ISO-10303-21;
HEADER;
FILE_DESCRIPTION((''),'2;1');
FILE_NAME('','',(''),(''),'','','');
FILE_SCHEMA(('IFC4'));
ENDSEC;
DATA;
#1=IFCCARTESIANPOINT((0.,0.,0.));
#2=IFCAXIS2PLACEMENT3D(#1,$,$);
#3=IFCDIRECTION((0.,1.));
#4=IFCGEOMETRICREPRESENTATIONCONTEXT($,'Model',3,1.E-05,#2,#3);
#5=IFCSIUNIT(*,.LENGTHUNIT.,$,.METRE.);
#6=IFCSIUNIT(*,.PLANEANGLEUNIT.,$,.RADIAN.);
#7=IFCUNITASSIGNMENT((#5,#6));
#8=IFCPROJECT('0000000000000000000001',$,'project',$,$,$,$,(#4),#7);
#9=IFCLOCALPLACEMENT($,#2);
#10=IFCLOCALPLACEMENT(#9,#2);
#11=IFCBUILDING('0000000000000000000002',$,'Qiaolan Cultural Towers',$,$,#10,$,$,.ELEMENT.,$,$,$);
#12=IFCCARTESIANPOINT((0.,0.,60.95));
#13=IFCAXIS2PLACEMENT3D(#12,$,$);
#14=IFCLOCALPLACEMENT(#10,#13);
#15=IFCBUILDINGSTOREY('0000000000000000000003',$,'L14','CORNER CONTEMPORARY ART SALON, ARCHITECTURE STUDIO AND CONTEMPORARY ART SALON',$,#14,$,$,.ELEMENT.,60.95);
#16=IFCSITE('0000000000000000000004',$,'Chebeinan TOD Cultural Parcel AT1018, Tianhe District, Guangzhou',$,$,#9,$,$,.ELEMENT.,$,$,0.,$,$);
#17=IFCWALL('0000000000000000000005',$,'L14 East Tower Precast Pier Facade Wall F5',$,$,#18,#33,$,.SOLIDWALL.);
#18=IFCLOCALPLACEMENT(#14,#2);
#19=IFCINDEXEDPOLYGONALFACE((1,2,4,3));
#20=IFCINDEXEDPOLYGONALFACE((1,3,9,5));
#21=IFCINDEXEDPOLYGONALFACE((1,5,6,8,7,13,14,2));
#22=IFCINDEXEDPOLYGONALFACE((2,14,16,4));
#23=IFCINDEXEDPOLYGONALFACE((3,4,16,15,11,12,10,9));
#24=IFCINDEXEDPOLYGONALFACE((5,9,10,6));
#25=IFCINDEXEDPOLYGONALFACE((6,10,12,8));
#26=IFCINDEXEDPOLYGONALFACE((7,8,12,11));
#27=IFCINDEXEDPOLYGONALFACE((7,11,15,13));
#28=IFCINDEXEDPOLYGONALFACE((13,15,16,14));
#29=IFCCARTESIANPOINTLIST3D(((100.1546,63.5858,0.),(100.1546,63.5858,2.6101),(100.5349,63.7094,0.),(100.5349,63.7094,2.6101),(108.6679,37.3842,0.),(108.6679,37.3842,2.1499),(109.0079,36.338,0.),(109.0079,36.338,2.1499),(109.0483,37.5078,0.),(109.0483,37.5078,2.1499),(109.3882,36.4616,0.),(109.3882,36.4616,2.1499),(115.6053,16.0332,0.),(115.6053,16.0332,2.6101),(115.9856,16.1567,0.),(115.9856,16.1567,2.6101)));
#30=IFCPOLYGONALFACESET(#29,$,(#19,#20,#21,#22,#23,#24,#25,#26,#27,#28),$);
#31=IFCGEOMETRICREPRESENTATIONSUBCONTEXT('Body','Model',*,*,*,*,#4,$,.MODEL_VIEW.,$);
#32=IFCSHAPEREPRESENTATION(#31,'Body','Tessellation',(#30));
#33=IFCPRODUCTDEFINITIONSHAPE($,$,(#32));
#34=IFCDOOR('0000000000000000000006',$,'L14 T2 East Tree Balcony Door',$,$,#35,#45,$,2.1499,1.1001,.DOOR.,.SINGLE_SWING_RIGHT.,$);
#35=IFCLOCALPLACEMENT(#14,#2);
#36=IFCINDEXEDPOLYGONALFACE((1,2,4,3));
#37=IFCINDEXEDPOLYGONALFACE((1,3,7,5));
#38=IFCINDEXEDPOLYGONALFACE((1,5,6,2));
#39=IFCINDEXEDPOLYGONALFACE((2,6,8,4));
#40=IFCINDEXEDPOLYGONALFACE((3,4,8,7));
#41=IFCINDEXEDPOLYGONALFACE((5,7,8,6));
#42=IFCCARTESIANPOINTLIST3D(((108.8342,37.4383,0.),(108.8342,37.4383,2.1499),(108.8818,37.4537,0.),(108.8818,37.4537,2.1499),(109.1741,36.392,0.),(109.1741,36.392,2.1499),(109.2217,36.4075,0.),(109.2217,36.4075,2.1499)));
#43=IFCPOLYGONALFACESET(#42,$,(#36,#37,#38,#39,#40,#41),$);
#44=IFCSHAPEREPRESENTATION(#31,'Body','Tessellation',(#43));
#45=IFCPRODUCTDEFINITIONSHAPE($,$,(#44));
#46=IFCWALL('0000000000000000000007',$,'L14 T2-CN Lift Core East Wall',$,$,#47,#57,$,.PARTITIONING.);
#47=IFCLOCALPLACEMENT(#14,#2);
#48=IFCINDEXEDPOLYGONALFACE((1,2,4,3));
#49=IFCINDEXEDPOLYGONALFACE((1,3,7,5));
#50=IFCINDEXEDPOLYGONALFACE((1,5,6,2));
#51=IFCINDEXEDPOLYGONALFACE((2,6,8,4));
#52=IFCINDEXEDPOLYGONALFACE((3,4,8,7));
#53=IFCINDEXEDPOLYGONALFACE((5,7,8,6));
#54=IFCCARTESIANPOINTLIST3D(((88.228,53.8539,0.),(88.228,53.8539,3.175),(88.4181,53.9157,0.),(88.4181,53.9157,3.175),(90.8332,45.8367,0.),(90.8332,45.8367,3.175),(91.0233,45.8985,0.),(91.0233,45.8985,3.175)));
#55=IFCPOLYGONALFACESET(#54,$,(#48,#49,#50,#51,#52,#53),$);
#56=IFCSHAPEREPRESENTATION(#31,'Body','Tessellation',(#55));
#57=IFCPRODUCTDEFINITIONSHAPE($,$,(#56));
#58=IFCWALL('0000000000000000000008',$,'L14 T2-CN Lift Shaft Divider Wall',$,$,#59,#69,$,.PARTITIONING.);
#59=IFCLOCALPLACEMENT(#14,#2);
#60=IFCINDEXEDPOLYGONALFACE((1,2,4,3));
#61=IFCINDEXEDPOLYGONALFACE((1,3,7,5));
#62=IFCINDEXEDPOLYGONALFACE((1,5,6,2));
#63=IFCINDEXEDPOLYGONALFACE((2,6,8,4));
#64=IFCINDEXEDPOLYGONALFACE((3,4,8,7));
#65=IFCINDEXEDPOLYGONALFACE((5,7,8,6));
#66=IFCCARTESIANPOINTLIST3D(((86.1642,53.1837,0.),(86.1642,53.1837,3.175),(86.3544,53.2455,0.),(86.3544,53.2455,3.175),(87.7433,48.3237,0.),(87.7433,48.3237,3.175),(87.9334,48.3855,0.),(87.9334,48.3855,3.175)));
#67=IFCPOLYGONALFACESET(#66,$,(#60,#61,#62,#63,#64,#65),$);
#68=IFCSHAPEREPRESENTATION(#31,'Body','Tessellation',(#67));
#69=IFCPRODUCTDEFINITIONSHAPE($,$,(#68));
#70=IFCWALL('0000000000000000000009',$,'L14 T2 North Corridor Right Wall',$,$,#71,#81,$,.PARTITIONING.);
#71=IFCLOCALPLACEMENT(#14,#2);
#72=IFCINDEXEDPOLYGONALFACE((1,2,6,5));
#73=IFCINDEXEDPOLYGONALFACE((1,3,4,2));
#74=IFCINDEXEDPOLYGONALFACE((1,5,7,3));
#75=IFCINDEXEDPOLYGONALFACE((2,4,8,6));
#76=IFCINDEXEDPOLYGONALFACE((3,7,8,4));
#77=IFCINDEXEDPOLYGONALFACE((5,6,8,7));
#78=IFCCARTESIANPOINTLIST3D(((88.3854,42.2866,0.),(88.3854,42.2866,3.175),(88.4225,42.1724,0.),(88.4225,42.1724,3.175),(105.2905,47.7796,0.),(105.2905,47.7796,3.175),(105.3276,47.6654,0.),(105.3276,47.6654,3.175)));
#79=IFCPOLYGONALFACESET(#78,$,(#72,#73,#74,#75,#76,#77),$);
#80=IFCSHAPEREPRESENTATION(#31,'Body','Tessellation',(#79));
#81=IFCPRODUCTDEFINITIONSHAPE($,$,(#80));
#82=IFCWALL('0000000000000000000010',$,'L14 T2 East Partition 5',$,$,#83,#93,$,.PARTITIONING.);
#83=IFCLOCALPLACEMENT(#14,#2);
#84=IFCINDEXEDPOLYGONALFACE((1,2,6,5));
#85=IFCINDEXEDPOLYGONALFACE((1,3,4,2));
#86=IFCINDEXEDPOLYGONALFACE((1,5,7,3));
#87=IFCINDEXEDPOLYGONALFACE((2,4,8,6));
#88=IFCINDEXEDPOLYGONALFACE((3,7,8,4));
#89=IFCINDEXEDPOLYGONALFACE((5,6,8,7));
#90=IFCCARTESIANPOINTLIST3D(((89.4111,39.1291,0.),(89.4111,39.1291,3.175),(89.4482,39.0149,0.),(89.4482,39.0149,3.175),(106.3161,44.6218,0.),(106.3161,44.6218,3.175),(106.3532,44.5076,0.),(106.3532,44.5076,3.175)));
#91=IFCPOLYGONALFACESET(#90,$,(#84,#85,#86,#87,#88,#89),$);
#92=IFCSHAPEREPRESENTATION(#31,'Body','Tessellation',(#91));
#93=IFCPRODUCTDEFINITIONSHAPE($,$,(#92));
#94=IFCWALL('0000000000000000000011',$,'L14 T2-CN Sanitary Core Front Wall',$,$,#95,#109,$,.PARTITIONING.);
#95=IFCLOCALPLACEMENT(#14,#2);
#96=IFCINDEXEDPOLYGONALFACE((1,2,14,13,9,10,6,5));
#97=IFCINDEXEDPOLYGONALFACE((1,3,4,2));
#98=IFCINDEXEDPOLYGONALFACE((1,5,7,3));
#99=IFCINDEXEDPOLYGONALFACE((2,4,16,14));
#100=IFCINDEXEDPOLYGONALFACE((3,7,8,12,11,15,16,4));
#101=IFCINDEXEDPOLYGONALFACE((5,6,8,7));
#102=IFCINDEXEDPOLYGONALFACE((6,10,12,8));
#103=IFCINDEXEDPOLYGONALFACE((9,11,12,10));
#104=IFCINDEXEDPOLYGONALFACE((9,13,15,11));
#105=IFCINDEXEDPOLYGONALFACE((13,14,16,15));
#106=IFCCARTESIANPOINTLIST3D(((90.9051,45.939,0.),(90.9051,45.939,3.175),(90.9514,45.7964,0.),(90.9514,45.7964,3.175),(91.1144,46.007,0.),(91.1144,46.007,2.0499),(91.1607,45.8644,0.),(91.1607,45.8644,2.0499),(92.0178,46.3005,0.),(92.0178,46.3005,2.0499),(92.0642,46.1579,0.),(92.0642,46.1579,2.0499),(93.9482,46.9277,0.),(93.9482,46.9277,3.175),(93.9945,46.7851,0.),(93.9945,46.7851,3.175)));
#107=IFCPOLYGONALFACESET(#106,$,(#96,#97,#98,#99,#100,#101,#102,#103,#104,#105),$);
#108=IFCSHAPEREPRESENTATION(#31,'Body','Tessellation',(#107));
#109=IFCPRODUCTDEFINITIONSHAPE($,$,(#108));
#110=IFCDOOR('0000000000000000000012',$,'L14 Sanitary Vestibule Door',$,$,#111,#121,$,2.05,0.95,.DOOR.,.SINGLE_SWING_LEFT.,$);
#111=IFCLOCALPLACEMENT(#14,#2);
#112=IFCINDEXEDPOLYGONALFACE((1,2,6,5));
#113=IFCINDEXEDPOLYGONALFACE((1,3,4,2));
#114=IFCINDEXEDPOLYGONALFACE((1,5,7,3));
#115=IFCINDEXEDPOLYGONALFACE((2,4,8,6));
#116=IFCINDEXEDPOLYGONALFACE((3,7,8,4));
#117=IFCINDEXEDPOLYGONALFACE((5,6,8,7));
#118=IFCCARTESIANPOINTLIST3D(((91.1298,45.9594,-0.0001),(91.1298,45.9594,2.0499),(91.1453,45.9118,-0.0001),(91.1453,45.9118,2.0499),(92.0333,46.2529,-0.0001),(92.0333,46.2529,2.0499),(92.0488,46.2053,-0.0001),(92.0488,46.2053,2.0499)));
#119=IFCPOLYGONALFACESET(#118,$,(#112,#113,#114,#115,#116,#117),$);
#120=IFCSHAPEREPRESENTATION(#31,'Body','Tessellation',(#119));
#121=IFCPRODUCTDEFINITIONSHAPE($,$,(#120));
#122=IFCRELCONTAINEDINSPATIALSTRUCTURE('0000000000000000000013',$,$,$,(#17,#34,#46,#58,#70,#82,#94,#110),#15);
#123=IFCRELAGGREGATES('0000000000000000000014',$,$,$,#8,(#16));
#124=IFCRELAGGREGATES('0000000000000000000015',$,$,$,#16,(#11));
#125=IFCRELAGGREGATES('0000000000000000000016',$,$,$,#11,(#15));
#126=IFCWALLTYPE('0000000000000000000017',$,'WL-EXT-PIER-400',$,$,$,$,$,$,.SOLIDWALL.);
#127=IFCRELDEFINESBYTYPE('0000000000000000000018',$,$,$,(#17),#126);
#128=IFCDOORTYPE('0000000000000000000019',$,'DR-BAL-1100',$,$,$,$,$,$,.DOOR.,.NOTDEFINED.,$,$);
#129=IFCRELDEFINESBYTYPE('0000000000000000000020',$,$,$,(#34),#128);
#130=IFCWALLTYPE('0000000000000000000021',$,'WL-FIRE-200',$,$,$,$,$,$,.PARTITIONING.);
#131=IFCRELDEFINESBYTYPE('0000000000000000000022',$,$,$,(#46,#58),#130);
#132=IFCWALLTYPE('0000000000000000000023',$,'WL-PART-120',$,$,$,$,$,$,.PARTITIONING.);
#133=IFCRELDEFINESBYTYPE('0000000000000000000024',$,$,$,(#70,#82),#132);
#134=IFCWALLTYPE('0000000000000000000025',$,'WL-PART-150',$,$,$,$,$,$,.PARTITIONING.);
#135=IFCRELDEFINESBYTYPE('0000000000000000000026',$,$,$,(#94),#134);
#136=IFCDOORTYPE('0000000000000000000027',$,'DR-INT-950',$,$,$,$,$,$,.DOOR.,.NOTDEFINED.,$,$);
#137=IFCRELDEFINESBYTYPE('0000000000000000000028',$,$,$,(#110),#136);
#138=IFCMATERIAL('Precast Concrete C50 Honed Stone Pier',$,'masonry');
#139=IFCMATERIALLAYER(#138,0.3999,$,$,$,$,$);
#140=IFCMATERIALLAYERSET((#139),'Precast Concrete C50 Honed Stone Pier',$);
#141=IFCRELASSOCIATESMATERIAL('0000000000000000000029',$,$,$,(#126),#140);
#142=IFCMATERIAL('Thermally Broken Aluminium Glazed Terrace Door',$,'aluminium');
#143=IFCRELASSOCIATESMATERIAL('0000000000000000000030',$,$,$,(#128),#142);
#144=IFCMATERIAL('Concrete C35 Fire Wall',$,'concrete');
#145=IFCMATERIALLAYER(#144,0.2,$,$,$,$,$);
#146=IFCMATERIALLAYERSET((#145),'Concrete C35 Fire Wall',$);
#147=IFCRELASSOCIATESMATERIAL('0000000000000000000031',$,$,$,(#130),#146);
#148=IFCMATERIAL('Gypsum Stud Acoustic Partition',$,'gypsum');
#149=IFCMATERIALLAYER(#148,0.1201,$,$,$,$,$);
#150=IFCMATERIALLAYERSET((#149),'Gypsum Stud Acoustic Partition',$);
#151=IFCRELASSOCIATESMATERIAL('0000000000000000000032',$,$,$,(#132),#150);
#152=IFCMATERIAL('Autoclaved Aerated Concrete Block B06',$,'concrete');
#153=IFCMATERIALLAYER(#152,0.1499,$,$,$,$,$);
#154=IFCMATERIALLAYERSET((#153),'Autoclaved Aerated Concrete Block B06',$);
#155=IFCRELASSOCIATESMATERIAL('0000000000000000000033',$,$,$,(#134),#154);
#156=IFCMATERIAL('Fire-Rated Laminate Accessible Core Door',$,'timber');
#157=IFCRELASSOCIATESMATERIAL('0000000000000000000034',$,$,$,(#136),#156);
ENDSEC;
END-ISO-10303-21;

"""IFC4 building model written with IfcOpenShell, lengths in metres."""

from ifc_helpers import new_model, si_unit, direction, frame, frame_2d, origin, place, context, subcontext, project, spatial, rectangle, extrude, material, layer, layer_set, type_object, element, fill, save


model = new_model("IFC4")

# Units and contexts
model_context = context("Model", 3, precision=1e-05, world=origin(), true_north=direction((0.0, 1.0)))
body_context = subcontext(model_context, "Body", "Model", "MODEL_VIEW")
ifc_project = project(units=[si_unit("LENGTHUNIT", "METRE"), si_unit("PLANEANGLEUNIT", "RADIAN")], contexts=[model_context])

# Site, building, storey
site_placement = place(None, origin())
site = spatial("IfcSite", under=ifc_project, at=site_placement, Name="Chebeinan TOD Cultural Parcel AT1018, Tianhe District, Guangzhou", CompositionType="ELEMENT", RefElevation=0.0)
building_placement = place(site_placement, origin())
building = spatial("IfcBuilding", under=site, at=building_placement, Name="Qiaolan Cultural Towers", CompositionType="ELEMENT")
storey_placement = place(building_placement, frame((0.0, 0.0, 60.95)))
storey = spatial("IfcBuildingStorey", under=building, at=storey_placement, Name="L14", Description="CORNER CONTEMPORARY ART SALON, ARCHITECTURE STUDIO AND CONTEMPORARY ART SALON", CompositionType="ELEMENT", Elevation=60.95)

# Shared definitions
ifc_material_1 = material(Name="Precast Concrete C50 Honed Stone Pier", Category="masonry")
ifc_layer_1 = layer(ifc_material_1, 0.3999)
ifc_layer_set_1 = layer_set([ifc_layer_1], Name="Precast Concrete C50 Honed Stone Pier")
wall_type_1 = type_object("IfcWallType", Name="WL-EXT-PIER-400", PredefinedType="SOLIDWALL", material=ifc_layer_set_1)

# Wall, opening, door
wall_1_placement = place(storey_placement, frame((100.3447, 63.6477, 0.0), z_axis=(0.0, 0.0, 1.0), x_axis=(0.309015, -0.951057, 0.0)))
wall_1 = element("IfcWall", 1, at=wall_1_placement, inside=storey, type_object=wall_type_1, Name="L14 East Tower Precast Pier Facade Wall F5", PredefinedType="SOLIDWALL", context=body_context, shape_type="SweptSolid", body=[
    extrude(rectangle(XDim=49.9998, YDim=0.3999, at=frame_2d((25.0, 0.0))), origin(), (0.0, 0.0, 1.0), 2.6101),
])
opening_1_placement = place(wall_1_placement, frame((27.55, 0.0, 0.0)))
opening_1 = element("IfcOpeningElement", 2, at=opening_1_placement, cuts=wall_1, PredefinedType="OPENING", context=body_context, shape_type="SweptSolid", body=[
    extrude(rectangle(XDim=1.1001, YDim=2.1499, at=frame_2d((0.55, 1.075))), frame((0.0, 0.21, 0.0), z_axis=(0.0, -1.0, 0.0), x_axis=(1.0, 0.0, 0.0)), (0.0, 0.0, 1.0), 0.4199),
])
ifc_material_2 = material(Name="Thermally Broken Aluminium Glazed Terrace Door", Category="aluminium")
door_type_1 = type_object("IfcDoorType", Name="DR-BAL-1100", OperationType="NOTDEFINED", PredefinedType="DOOR", material=ifc_material_2)
door_1_placement = place(opening_1_placement, origin())
door_1 = element("IfcDoor", 3, at=door_1_placement, inside=storey, type_object=door_type_1, Name="L14 T2 East Tree Balcony Door", OperationType="SINGLE_SWING_RIGHT", OverallHeight=2.1499, OverallWidth=1.1001, PredefinedType="DOOR", context=body_context, shape_type="SweptSolid", body=[
    extrude(rectangle(XDim=1.1001, YDim=2.1499, at=frame_2d((0.55, 1.075))), frame((0.0, 0.0249, 0.0), z_axis=(0.0, -1.0, 0.0), x_axis=(1.0, 0.0, 0.0)), (0.0, 0.0, 1.0), 0.05),
])
fill(opening_1, door_1)

# Walls
ifc_material_3 = material(Name="Concrete C35 Fire Wall", Category="concrete")
ifc_layer_2 = layer(ifc_material_3, 0.2)
ifc_layer_set_2 = layer_set([ifc_layer_2], Name="Concrete C35 Fire Wall")
wall_type_2 = type_object("IfcWallType", Name="WL-FIRE-200", PredefinedType="PARTITIONING", material=ifc_layer_set_2)
wall_2_placement = place(storey_placement, frame((90.9282, 45.8677, 0.0), z_axis=(0.0, 0.0, 1.0), x_axis=(-0.309042, 0.951048, 0.0)))
element("IfcWall", 4, at=wall_2_placement, inside=storey, type_object=wall_type_2, Name="L14 T2-CN Lift Core East Wall", PredefinedType="PARTITIONING", context=body_context, shape_type="SweptSolid", body=[
    extrude(rectangle(XDim=8.4299, YDim=0.2, at=frame_2d((4.2148, 0.0))), origin(), (0.0, 0.0, 1.0), 3.175),
])
wall_3_placement = place(storey_placement, frame((87.8384, 48.3545, 0.0), z_axis=(0.0, 0.0, 1.0), x_axis=(-0.309009, 0.951059, 0.0)))
element("IfcWall", 5, at=wall_3_placement, inside=storey, type_object=wall_type_2, Name="L14 T2-CN Lift Shaft Divider Wall", PredefinedType="PARTITIONING", context=body_context, shape_type="SweptSolid", body=[
    extrude(rectangle(XDim=5.1101, YDim=0.2, at=frame_2d((2.5552, 0.0))), origin(), (0.0, 0.0, 1.0), 3.175),
])
ifc_material_4 = material(Name="Gypsum Stud Acoustic Partition", Category="gypsum")
ifc_layer_3 = layer(ifc_material_4, 0.1201)
ifc_layer_set_3 = layer_set([ifc_layer_3], Name="Gypsum Stud Acoustic Partition")
wall_type_3 = type_object("IfcWallType", Name="WL-PART-120", PredefinedType="PARTITIONING", material=ifc_layer_set_3)
wall_4_placement = place(storey_placement, frame((88.4038, 42.2295, 0.0), z_axis=(0.0, 0.0, 1.0), x_axis=(0.951054, 0.309024, 0.0)))
element("IfcWall", 6, at=wall_4_placement, inside=storey, type_object=wall_type_3, Name="L14 T2 North Corridor Right Wall", PredefinedType="PARTITIONING", context=body_context, shape_type="SweptSolid", body=[
    extrude(rectangle(XDim=17.7751, YDim=0.1201, at=frame_2d((8.8877, 0.0))), origin(), (0.0, 0.0, 1.0), 3.175),
])
wall_5_placement = place(storey_placement, frame((89.4297, 39.072, 0.0), z_axis=(0.0, 0.0, 1.0), x_axis=(0.951058, 0.309012, 0.0)))
element("IfcWall", 7, at=wall_5_placement, inside=storey, type_object=wall_type_3, Name="L14 T2 East Partition 5", PredefinedType="PARTITIONING", context=body_context, shape_type="SweptSolid", body=[
    extrude(rectangle(XDim=17.7749, YDim=0.1201, at=frame_2d((8.8875, 0.0))), origin(), (0.0, 0.0, 1.0), 3.175),
])

# Wall, opening, door
ifc_material_5 = material(Name="Autoclaved Aerated Concrete Block B06", Category="concrete")
ifc_layer_4 = layer(ifc_material_5, 0.1499)
ifc_layer_set_4 = layer_set([ifc_layer_4], Name="Autoclaved Aerated Concrete Block B06")
wall_type_4 = type_object("IfcWallType", Name="WL-PART-150", PredefinedType="PARTITIONING", material=ifc_layer_set_4)
wall_6_placement = place(storey_placement, frame((90.9282, 45.8677, 0.0), z_axis=(0.0, 0.0, 1.0), x_axis=(0.951059, 0.309008, 0.0)))
wall_6 = element("IfcWall", 8, at=wall_6_placement, inside=storey, type_object=wall_type_4, Name="L14 T2-CN Sanitary Core Front Wall", PredefinedType="PARTITIONING", context=body_context, shape_type="SweptSolid", body=[
    extrude(rectangle(XDim=3.1997, YDim=0.1499, at=frame_2d((1.5999, 0.0))), origin(), (0.0, 0.0, 1.0), 3.175),
])
opening_2_placement = place(wall_6_placement, frame((0.22, 0.0, 0.0)))
opening_2 = element("IfcOpeningElement", 9, at=opening_2_placement, cuts=wall_6, PredefinedType="OPENING", context=body_context, shape_type="SweptSolid", body=[
    extrude(rectangle(XDim=0.95, YDim=2.05, at=frame_2d((0.4751, 1.0249))), frame((0.0, 0.085, 0.0), z_axis=(0.0, -1.0, 0.0), x_axis=(1.0, 0.0, 0.0)), (0.0, 0.0, 1.0), 0.1699),
])
ifc_material_6 = material(Name="Fire-Rated Laminate Accessible Core Door", Category="timber")
door_type_2 = type_object("IfcDoorType", Name="DR-INT-950", OperationType="NOTDEFINED", PredefinedType="DOOR", material=ifc_material_6)
door_2_placement = place(opening_2_placement, origin())
door_2 = element("IfcDoor", 10, at=door_2_placement, inside=storey, type_object=door_type_2, Name="L14 Sanitary Vestibule Door", OperationType="SINGLE_SWING_LEFT", OverallHeight=2.05, OverallWidth=0.95, PredefinedType="DOOR", context=body_context, shape_type="SweptSolid", body=[
    extrude(rectangle(XDim=0.95, YDim=2.05, at=frame_2d((0.4751, 1.0249))), frame((0.0, 0.0249, 0.0), z_axis=(0.0, -1.0, 0.0), x_axis=(1.0, 0.0, 0.0)), (0.0, 0.0, 1.0), 0.05),
])
fill(opening_2, door_2)

save(model, "model.ifc")
